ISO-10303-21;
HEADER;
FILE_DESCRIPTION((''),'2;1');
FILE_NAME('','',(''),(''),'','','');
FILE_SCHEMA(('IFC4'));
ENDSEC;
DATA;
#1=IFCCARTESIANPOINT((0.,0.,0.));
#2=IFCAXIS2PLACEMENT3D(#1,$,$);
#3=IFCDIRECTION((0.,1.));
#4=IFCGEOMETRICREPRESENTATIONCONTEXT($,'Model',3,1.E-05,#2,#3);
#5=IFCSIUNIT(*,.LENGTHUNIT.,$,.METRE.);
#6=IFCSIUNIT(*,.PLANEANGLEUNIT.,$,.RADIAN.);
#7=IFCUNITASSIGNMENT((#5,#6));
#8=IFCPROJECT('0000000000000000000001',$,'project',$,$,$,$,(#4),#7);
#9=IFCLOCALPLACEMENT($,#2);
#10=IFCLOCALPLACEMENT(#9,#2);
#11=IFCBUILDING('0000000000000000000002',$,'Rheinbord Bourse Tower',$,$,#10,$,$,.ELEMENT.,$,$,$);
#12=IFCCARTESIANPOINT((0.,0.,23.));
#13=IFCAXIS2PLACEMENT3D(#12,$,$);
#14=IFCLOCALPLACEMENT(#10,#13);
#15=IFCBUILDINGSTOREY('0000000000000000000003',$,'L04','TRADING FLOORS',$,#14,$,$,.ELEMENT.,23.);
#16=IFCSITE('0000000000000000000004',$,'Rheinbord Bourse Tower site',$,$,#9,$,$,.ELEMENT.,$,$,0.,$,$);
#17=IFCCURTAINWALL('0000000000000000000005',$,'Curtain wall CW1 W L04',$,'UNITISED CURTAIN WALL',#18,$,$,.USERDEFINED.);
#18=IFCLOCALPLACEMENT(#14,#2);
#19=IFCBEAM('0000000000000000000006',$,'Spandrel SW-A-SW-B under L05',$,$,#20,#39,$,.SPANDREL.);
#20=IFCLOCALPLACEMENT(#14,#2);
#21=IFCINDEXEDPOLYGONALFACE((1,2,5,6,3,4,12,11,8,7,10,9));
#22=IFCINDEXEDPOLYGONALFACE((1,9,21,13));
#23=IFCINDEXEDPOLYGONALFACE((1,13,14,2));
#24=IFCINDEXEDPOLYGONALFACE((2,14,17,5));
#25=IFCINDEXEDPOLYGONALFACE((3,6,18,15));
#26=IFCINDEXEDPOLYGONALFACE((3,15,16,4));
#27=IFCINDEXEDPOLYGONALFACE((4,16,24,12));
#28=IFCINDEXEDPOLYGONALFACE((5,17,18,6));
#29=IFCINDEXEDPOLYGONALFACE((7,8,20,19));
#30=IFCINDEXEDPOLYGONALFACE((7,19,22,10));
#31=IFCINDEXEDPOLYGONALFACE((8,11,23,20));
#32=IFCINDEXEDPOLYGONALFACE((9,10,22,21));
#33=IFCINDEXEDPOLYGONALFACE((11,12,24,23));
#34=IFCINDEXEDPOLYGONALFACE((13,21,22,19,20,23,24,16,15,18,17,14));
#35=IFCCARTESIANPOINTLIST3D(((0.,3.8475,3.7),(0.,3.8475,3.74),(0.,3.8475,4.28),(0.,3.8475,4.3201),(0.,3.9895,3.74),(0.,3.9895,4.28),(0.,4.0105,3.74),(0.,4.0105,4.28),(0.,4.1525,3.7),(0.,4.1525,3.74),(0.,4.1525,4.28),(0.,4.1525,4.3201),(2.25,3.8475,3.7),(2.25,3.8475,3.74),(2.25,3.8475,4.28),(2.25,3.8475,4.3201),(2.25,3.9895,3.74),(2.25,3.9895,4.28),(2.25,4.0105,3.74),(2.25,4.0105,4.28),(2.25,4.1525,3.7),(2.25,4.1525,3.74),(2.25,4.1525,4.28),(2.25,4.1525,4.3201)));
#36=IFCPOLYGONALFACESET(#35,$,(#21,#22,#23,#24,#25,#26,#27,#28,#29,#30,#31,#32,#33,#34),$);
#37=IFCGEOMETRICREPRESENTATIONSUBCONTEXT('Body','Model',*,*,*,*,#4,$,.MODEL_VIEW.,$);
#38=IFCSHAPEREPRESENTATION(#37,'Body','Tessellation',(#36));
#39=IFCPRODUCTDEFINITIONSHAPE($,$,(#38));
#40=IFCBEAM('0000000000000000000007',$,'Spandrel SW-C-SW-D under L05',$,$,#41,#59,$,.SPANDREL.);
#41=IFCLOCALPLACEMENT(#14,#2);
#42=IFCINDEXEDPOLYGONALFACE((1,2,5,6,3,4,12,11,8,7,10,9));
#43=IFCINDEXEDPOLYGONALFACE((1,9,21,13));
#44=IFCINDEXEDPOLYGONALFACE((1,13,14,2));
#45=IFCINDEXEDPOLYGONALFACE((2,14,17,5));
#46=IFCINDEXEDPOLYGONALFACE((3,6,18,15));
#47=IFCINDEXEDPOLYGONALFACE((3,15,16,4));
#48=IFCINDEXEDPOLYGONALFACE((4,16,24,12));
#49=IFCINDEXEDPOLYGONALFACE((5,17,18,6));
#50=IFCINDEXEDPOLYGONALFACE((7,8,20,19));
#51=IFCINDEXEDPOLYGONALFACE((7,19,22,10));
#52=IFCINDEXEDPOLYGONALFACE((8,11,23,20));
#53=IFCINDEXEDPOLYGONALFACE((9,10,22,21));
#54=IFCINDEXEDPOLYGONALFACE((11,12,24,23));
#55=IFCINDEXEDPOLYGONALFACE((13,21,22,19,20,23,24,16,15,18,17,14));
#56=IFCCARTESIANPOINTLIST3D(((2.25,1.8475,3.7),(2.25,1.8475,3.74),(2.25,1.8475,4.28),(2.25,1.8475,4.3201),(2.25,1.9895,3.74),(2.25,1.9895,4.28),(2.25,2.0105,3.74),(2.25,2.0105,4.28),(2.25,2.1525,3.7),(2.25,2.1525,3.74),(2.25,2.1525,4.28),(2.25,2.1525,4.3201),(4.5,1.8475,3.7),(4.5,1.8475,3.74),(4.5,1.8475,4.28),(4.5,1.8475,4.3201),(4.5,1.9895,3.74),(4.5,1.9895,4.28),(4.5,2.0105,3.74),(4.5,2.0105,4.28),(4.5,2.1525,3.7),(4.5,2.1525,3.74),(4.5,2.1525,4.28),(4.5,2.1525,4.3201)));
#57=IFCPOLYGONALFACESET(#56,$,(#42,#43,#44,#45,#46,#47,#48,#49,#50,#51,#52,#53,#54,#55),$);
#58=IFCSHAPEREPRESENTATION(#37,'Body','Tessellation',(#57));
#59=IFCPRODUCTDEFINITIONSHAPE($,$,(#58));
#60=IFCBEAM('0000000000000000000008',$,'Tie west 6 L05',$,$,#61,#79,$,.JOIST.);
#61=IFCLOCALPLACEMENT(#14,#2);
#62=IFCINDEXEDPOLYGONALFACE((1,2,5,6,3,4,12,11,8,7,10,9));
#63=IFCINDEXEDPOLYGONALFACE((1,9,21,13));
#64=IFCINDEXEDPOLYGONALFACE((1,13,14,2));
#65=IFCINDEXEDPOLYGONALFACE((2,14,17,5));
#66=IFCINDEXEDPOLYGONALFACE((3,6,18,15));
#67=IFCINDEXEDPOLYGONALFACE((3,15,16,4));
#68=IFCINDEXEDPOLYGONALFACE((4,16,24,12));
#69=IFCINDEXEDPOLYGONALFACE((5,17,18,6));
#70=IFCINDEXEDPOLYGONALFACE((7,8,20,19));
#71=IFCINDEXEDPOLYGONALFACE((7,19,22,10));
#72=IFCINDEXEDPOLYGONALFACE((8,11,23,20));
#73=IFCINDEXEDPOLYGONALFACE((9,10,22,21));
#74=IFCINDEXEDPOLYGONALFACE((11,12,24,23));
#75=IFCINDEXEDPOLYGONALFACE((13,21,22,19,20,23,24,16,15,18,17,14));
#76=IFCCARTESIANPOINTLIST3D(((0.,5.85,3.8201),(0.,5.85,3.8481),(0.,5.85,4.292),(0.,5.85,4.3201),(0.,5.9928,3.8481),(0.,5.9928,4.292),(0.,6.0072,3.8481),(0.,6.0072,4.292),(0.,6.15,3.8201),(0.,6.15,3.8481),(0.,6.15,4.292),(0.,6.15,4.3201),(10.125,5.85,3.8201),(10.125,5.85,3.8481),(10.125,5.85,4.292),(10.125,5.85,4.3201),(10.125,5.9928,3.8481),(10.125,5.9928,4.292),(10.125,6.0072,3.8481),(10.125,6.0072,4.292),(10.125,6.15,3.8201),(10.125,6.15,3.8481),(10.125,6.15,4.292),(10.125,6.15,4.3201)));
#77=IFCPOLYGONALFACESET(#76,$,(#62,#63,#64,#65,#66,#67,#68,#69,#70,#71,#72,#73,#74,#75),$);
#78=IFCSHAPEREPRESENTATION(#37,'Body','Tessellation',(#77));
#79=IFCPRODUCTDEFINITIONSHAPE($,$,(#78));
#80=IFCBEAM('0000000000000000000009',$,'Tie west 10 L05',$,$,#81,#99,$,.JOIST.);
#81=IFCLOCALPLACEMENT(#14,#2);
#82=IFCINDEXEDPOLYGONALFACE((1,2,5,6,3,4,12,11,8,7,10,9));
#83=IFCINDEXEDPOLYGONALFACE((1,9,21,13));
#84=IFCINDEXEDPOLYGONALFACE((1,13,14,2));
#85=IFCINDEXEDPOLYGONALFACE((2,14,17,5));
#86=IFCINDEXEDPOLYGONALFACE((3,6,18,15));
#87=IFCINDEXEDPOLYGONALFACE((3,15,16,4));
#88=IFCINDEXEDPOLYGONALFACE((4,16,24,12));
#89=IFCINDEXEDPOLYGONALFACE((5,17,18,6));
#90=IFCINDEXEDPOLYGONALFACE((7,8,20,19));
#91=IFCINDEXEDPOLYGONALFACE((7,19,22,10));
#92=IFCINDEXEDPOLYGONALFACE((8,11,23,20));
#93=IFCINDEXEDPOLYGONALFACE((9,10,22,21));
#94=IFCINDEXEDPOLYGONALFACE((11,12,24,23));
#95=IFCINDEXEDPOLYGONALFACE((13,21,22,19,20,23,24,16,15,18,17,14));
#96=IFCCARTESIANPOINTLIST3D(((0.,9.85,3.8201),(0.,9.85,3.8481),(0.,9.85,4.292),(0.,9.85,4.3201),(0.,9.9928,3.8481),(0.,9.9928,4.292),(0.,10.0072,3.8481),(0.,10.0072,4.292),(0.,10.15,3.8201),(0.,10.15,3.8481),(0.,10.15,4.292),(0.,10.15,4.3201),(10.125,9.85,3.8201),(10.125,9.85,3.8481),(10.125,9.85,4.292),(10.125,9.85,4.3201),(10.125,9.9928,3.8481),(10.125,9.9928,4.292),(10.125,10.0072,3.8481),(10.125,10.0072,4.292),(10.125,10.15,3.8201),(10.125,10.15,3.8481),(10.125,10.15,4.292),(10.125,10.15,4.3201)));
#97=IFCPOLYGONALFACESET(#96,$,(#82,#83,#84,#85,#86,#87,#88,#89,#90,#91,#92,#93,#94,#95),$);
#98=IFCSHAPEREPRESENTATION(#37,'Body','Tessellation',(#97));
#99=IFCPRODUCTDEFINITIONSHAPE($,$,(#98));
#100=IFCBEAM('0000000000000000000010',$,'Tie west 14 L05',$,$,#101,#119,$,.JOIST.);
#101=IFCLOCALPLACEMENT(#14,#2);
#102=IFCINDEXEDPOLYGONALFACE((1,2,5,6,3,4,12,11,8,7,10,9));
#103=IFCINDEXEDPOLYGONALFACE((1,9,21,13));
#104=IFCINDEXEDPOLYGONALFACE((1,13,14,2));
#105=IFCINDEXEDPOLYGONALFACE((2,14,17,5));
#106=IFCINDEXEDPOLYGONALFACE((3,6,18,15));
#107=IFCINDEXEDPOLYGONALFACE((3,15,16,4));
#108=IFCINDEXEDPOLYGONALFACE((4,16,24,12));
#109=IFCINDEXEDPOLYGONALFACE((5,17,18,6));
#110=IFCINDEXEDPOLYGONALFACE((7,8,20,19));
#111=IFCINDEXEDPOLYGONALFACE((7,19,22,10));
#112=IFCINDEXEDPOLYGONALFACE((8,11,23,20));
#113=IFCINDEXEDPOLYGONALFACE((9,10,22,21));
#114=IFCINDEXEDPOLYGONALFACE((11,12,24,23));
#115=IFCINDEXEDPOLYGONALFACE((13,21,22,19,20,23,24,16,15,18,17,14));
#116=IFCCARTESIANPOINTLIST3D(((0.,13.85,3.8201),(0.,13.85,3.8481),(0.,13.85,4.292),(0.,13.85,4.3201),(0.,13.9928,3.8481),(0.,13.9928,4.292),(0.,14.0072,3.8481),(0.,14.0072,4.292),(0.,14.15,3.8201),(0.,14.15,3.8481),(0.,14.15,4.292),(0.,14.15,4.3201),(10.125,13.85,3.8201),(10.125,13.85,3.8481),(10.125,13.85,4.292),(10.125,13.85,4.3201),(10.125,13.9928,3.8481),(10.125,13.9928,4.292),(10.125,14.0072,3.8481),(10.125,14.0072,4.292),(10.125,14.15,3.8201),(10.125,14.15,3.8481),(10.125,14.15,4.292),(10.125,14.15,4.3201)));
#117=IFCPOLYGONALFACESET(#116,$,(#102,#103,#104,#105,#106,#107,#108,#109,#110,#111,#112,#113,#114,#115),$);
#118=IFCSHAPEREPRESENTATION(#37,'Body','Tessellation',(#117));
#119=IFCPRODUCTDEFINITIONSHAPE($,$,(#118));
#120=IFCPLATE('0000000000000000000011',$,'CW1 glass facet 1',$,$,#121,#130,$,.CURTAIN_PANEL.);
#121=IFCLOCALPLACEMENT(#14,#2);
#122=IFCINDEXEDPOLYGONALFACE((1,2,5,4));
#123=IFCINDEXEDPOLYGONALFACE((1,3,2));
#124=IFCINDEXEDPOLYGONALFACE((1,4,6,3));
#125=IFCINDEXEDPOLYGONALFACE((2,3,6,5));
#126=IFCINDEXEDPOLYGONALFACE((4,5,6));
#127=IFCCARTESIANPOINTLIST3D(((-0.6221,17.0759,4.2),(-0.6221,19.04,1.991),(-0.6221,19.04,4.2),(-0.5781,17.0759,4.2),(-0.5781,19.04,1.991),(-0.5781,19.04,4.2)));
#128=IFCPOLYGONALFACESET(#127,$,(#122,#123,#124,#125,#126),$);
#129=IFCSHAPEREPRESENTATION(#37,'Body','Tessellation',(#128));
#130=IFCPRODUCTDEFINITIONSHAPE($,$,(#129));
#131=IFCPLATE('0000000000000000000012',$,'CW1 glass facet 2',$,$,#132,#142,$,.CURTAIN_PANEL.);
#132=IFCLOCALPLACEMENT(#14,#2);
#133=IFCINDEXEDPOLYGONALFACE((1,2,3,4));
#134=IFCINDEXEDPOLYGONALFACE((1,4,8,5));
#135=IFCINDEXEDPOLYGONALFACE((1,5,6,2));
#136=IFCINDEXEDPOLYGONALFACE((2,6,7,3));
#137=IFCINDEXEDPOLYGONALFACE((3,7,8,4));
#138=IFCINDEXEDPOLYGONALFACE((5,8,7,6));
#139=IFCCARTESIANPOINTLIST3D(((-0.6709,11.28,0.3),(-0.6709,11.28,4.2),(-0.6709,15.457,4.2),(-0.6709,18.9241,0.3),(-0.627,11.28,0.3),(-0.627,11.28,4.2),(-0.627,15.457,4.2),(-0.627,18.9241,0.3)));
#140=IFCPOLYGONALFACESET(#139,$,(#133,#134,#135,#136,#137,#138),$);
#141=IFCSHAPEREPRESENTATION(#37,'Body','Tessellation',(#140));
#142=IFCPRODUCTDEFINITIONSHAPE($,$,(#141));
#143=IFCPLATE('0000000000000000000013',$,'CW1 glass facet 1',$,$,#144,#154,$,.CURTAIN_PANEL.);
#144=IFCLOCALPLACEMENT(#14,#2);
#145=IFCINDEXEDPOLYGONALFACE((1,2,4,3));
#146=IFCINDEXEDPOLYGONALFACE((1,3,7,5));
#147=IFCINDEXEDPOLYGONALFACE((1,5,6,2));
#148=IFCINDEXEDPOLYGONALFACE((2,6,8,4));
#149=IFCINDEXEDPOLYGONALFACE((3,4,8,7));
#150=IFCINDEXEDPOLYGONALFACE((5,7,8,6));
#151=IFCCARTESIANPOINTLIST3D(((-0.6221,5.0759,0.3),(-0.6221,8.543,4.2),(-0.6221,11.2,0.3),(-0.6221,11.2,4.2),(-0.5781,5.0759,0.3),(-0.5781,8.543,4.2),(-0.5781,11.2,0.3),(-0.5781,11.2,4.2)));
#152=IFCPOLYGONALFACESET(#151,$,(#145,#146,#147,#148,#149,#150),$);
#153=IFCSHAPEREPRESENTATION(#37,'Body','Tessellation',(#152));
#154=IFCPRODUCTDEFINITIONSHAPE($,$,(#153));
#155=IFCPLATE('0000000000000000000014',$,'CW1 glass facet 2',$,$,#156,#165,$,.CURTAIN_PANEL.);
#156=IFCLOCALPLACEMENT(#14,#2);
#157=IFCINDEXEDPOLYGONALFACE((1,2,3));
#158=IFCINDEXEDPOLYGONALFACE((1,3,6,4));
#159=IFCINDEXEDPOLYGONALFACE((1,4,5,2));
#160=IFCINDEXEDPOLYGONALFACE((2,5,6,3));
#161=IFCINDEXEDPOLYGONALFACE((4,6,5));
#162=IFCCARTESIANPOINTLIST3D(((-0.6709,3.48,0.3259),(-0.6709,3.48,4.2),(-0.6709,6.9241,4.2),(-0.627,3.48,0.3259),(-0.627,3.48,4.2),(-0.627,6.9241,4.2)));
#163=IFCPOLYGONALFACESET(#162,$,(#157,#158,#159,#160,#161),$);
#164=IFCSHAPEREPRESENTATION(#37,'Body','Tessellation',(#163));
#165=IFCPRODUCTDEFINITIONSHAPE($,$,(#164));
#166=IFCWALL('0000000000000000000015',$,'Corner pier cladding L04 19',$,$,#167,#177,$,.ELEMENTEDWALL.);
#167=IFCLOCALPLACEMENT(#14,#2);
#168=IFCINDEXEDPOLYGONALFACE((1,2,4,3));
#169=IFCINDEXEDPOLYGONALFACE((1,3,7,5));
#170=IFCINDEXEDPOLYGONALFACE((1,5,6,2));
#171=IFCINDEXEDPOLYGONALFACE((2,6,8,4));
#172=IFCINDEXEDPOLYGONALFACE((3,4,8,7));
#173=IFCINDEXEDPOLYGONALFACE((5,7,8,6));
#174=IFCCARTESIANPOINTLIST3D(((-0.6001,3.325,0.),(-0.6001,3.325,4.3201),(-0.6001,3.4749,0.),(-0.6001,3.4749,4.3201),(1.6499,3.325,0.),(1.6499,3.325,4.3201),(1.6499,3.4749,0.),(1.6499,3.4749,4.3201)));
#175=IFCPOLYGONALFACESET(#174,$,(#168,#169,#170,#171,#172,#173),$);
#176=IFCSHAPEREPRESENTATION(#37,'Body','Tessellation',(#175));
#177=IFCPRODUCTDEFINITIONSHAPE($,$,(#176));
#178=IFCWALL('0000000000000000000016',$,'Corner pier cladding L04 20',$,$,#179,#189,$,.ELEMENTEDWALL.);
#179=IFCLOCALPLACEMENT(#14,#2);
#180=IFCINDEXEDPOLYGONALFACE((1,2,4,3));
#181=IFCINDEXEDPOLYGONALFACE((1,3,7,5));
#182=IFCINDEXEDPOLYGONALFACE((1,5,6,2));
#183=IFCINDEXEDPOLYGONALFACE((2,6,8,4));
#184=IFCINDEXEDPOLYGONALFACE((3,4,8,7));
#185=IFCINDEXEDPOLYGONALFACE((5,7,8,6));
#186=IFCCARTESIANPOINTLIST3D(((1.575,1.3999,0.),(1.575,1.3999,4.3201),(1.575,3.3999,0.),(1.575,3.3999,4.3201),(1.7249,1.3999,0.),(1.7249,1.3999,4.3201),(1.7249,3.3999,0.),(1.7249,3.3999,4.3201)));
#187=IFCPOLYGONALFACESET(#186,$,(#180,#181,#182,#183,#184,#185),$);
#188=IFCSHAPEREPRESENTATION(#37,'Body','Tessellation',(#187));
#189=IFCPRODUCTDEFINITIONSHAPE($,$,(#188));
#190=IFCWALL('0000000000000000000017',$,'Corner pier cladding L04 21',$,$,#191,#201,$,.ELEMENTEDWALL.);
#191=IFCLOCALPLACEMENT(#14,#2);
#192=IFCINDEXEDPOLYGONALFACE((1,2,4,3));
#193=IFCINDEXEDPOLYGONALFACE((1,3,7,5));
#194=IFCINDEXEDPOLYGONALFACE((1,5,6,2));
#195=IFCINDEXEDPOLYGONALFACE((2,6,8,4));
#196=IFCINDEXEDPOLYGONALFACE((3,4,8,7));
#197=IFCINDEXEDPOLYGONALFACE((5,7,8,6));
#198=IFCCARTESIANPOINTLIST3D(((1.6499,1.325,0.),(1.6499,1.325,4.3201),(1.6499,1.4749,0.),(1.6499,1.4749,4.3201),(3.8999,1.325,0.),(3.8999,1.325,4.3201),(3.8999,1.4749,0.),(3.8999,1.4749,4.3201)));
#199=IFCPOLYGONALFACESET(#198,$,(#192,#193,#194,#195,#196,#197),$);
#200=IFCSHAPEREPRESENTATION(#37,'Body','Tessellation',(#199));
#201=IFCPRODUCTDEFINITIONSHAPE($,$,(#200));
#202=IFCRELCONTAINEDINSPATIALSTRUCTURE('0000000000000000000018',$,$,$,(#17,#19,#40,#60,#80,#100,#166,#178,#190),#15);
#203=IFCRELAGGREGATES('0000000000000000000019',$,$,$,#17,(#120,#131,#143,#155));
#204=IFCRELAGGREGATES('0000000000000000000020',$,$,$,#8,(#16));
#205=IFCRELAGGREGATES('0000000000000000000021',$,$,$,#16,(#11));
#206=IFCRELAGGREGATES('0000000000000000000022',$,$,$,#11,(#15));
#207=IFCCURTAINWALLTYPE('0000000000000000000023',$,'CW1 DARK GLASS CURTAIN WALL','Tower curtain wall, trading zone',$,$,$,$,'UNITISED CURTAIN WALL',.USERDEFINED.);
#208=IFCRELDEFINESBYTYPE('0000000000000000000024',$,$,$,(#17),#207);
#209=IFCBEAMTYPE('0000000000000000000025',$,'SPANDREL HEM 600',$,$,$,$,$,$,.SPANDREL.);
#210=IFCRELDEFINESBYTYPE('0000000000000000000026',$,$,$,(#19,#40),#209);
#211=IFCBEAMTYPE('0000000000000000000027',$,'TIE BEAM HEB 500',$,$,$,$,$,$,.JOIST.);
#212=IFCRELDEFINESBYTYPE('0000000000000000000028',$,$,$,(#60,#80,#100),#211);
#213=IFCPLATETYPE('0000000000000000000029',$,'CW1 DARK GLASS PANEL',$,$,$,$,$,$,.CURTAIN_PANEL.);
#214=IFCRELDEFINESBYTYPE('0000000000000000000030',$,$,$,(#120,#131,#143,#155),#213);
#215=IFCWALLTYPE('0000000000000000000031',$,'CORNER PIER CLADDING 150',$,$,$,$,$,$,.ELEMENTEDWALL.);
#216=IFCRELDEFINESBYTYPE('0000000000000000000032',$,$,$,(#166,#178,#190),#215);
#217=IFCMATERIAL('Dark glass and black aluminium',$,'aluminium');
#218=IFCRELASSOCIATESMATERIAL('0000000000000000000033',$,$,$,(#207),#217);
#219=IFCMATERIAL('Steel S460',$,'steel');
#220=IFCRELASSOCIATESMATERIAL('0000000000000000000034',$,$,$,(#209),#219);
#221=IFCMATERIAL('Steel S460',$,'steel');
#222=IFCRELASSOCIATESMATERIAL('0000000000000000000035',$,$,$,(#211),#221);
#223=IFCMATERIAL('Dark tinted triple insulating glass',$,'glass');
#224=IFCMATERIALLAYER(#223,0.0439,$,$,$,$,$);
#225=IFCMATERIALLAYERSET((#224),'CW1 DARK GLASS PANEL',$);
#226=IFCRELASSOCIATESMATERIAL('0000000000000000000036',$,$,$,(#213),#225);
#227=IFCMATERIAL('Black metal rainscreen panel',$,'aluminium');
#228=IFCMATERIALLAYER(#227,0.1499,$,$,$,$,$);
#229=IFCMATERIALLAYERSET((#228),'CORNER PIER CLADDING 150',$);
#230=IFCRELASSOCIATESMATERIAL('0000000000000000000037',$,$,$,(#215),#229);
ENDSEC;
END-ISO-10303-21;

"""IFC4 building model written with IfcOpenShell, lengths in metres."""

from ifc_helpers import new_model, si_unit, direction, frame, frame_2d, origin, origin_2d, place, context, subcontext, project, spatial, polyline, rectangle, i_section, outline, extrude, material, layer, layer_set, material_profile, profile_set, type_object, element, aggregate, save


model = new_model("IFC4")

# Units and contexts
model_context = context("Model", 3, precision=1e-05, world=origin(), true_north=direction((0.0, 1.0)))
body_context = subcontext(model_context, "Body", "Model", "MODEL_VIEW")
ifc_project = project(units=[si_unit("LENGTHUNIT", "METRE"), si_unit("PLANEANGLEUNIT", "RADIAN")], contexts=[model_context])

# Site, building, storey
site_placement = place(None, origin())
site = spatial("IfcSite", under=ifc_project, at=site_placement, Name="Rheinbord Bourse Tower site", CompositionType="ELEMENT", RefElevation=0.0)
building_placement = place(site_placement, origin())
building = spatial("IfcBuilding", under=site, at=building_placement, Name="Rheinbord Bourse Tower", CompositionType="ELEMENT")
storey_placement = place(building_placement, frame((0.0, 0.0, 23.0)))
storey = spatial("IfcBuildingStorey", under=building, at=storey_placement, Name="L04", Description="TRADING FLOORS", CompositionType="ELEMENT", Elevation=23.0)

# Curtain wall
ifc_material_1 = material(Name="Dark glass and black aluminium", Category="aluminium")
curtain_wall_type = type_object("IfcCurtainWallType", Name="CW1 DARK GLASS CURTAIN WALL", Description="Tower curtain wall, trading zone", ElementType="UNITISED CURTAIN WALL", PredefinedType="USERDEFINED", material=ifc_material_1)
curtain_wall_placement = place(storey_placement, origin())
curtain_wall = element("IfcCurtainWall", 1, at=curtain_wall_placement, inside=storey, type_object=curtain_wall_type, Name="Curtain wall CW1 W L04", ObjectType="UNITISED CURTAIN WALL", PredefinedType="USERDEFINED")

# Beams
ifc_material_2 = material(Name="Steel S460", Category="steel")
ifc_material_profile_1 = material_profile(ifc_material_2, i_section(OverallWidth=0.3049, OverallDepth=0.6201, WebThickness=0.021, FlangeThickness=0.04, at=origin_2d()), Name="HEM 600")
ifc_profile_set_1 = profile_set([ifc_material_profile_1], Name="Steel S460")
beam_type_1 = type_object("IfcBeamType", Name="SPANDREL HEM 600", PredefinedType="SPANDREL", material=ifc_profile_set_1)
for number, where, z_axis, x_axis, name in (
    (2, (0.0, 4.0, 4.01), (1.0, 0.0, 0.0), (0.0, 1.0, 0.0), "Spandrel SW-A-SW-B under L05"),
    (3, (2.25, 2.0, 4.01), (1.0, 0.0, 0.0), (0.0, 1.0, 0.0), "Spandrel SW-C-SW-D under L05"),
):
    element("IfcBeam", number, at=place(storey_placement, frame(where, z_axis=z_axis, x_axis=x_axis)), inside=storey, type_object=beam_type_1, Name=name, PredefinedType="SPANDREL", context=body_context, shape_type="SweptSolid", body=[
        extrude(i_section(OverallWidth=0.3049, OverallDepth=0.6201, WebThickness=0.021, FlangeThickness=0.04, at=origin_2d()), origin(), (0.0, 0.0, 1.0), 2.25),
    ])
ifc_material_3 = material(Name="Steel S460", Category="steel")
ifc_material_profile_2 = material_profile(ifc_material_3, i_section(OverallWidth=0.3, OverallDepth=0.5, WebThickness=0.0144, FlangeThickness=0.0281, at=origin_2d()), Name="HEB 500")
ifc_profile_set_2 = profile_set([ifc_material_profile_2], Name="Steel S460")
beam_type_2 = type_object("IfcBeamType", Name="TIE BEAM HEB 500", PredefinedType="JOIST", material=ifc_profile_set_2)
for number, where, z_axis, x_axis, name in (
    (4, (0.0, 6.0, 4.0701), (1.0, 0.0, 0.0), (0.0, 1.0, 0.0), "Tie west 6 L05"),
    (5, (0.0, 10.0, 4.0701), (1.0, 0.0, 0.0), (0.0, 1.0, 0.0), "Tie west 10 L05"),
    (6, (0.0, 14.0, 4.0701), (1.0, 0.0, 0.0), (0.0, 1.0, 0.0), "Tie west 14 L05"),
):
    element("IfcBeam", number, at=place(storey_placement, frame(where, z_axis=z_axis, x_axis=x_axis)), inside=storey, type_object=beam_type_2, Name=name, PredefinedType="JOIST", context=body_context, shape_type="SweptSolid", body=[
        extrude(i_section(OverallWidth=0.3, OverallDepth=0.5, WebThickness=0.0144, FlangeThickness=0.0281, at=origin_2d()), origin(), (0.0, 0.0, 1.0), 10.125),
    ])

# Plates
ifc_material_4 = material(Name="Dark tinted triple insulating glass", Category="glass")
ifc_layer_1 = layer(ifc_material_4, 0.0439)
ifc_layer_set_1 = layer_set([ifc_layer_1], Name="CW1 DARK GLASS PANEL")
plate_type = type_object("IfcPlateType", Name="CW1 DARK GLASS PANEL", PredefinedType="CURTAIN_PANEL", material=ifc_layer_set_1)
plate_1_placement = place(storey_placement, frame((-0.6221, 19.04, 4.2), z_axis=(1.0, 0.0, 0.0), x_axis=(0.0, -1.0, 0.0)))
plate_1 = element("IfcPlate", 7, at=plate_1_placement, type_object=plate_type, Name="CW1 glass facet 1", PredefinedType="CURTAIN_PANEL", context=body_context, shape_type="SweptSolid", body=[
    extrude(outline(polyline([(0.0, 0.0), (1.9641, 0.0), (0.0, 2.209), (0.0, 0.0)])), origin(), (0.0, 0.0, 1.0), 0.0439),
])
plate_2_placement = place(storey_placement, frame((-0.6709, 11.28, 4.2), z_axis=(1.0, 0.0, 0.0), x_axis=(0.0, 0.0, -1.0)))
plate_2 = element("IfcPlate", 8, at=plate_2_placement, type_object=plate_type, Name="CW1 glass facet 2", PredefinedType="CURTAIN_PANEL", context=body_context, shape_type="SweptSolid", body=[
    extrude(outline(polyline([(0.0, 0.0), (3.8999, 0.0), (3.8999, 7.644), (0.0, 4.177), (0.0, 0.0)])), origin(), (0.0, 0.0, 1.0), 0.0439),
])
plate_3_placement = place(storey_placement, frame((-0.6221, 11.2, 0.3), z_axis=(1.0, 0.0, 0.0), x_axis=(0.0, 0.0, 1.0)))
plate_3 = element("IfcPlate", 9, at=plate_3_placement, type_object=plate_type, Name="CW1 glass facet 1", PredefinedType="CURTAIN_PANEL", context=body_context, shape_type="SweptSolid", body=[
    extrude(outline(polyline([(0.0, 0.0), (3.8999, 0.0), (3.8999, 2.657), (0.0, 6.124), (0.0, 0.0)])), origin(), (0.0, 0.0, 1.0), 0.0439),
])
plate_4_placement = place(storey_placement, frame((-0.6709, 3.48, 4.2), z_axis=(1.0, 0.0, 0.0), x_axis=(0.0, 0.0, -1.0)))
plate_4 = element("IfcPlate", 10, at=plate_4_placement, type_object=plate_type, Name="CW1 glass facet 2", PredefinedType="CURTAIN_PANEL", context=body_context, shape_type="SweptSolid", body=[
    extrude(outline(polyline([(0.0, 0.0), (3.874, 0.0), (0.0, 3.4441), (0.0, 0.0)])), origin(), (0.0, 0.0, 1.0), 0.0439),
])
aggregate(curtain_wall, [plate_1, plate_2, plate_3, plate_4])

# Walls
ifc_material_5 = material(Name="Black metal rainscreen panel", Category="aluminium")
ifc_layer_2 = layer(ifc_material_5, 0.1499)
ifc_layer_set_2 = layer_set([ifc_layer_2], Name="CORNER PIER CLADDING 150")
wall_type_1 = type_object("IfcWallType", Name="CORNER PIER CLADDING 150", PredefinedType="ELEMENTEDWALL", material=ifc_layer_set_2)
wall_1_placement = place(storey_placement, frame((-0.6001, 3.3999, 0.0), z_axis=(0.0, 0.0, 1.0), x_axis=(1.0, 0.0, 0.0)))
element("IfcWall", 11, at=wall_1_placement, inside=storey, type_object=wall_type_1, Name="Corner pier cladding L04 19", PredefinedType="ELEMENTEDWALL", context=body_context, shape_type="SweptSolid", body=[
    extrude(rectangle(XDim=2.25, YDim=0.1499, at=frame_2d((1.125, 0.0))), origin(), (0.0, 0.0, 1.0), 4.3201),
])
wall_2_placement = place(storey_placement, frame((1.6499, 3.3999, 0.0), z_axis=(0.0, 0.0, 1.0), x_axis=(0.0, -1.0, 0.0)))
element("IfcWall", 12, at=wall_2_placement, inside=storey, type_object=wall_type_1, Name="Corner pier cladding L04 20", PredefinedType="ELEMENTEDWALL", context=body_context, shape_type="SweptSolid", body=[
    extrude(rectangle(XDim=2.0, YDim=0.1499, at=frame_2d((1.0, 0.0))), origin(), (0.0, 0.0, 1.0), 4.3201),
])
wall_3_placement = place(storey_placement, frame((1.6499, 1.3999, 0.0), z_axis=(0.0, 0.0, 1.0), x_axis=(1.0, 0.0, 0.0)))
element("IfcWall", 13, at=wall_3_placement, inside=storey, type_object=wall_type_1, Name="Corner pier cladding L04 21", PredefinedType="ELEMENTEDWALL", context=body_context, shape_type="SweptSolid", body=[
    extrude(rectangle(XDim=2.25, YDim=0.1499, at=frame_2d((1.125, 0.0))), origin(), (0.0, 0.0, 1.0), 4.3201),
])

save(model, "model.ifc")
